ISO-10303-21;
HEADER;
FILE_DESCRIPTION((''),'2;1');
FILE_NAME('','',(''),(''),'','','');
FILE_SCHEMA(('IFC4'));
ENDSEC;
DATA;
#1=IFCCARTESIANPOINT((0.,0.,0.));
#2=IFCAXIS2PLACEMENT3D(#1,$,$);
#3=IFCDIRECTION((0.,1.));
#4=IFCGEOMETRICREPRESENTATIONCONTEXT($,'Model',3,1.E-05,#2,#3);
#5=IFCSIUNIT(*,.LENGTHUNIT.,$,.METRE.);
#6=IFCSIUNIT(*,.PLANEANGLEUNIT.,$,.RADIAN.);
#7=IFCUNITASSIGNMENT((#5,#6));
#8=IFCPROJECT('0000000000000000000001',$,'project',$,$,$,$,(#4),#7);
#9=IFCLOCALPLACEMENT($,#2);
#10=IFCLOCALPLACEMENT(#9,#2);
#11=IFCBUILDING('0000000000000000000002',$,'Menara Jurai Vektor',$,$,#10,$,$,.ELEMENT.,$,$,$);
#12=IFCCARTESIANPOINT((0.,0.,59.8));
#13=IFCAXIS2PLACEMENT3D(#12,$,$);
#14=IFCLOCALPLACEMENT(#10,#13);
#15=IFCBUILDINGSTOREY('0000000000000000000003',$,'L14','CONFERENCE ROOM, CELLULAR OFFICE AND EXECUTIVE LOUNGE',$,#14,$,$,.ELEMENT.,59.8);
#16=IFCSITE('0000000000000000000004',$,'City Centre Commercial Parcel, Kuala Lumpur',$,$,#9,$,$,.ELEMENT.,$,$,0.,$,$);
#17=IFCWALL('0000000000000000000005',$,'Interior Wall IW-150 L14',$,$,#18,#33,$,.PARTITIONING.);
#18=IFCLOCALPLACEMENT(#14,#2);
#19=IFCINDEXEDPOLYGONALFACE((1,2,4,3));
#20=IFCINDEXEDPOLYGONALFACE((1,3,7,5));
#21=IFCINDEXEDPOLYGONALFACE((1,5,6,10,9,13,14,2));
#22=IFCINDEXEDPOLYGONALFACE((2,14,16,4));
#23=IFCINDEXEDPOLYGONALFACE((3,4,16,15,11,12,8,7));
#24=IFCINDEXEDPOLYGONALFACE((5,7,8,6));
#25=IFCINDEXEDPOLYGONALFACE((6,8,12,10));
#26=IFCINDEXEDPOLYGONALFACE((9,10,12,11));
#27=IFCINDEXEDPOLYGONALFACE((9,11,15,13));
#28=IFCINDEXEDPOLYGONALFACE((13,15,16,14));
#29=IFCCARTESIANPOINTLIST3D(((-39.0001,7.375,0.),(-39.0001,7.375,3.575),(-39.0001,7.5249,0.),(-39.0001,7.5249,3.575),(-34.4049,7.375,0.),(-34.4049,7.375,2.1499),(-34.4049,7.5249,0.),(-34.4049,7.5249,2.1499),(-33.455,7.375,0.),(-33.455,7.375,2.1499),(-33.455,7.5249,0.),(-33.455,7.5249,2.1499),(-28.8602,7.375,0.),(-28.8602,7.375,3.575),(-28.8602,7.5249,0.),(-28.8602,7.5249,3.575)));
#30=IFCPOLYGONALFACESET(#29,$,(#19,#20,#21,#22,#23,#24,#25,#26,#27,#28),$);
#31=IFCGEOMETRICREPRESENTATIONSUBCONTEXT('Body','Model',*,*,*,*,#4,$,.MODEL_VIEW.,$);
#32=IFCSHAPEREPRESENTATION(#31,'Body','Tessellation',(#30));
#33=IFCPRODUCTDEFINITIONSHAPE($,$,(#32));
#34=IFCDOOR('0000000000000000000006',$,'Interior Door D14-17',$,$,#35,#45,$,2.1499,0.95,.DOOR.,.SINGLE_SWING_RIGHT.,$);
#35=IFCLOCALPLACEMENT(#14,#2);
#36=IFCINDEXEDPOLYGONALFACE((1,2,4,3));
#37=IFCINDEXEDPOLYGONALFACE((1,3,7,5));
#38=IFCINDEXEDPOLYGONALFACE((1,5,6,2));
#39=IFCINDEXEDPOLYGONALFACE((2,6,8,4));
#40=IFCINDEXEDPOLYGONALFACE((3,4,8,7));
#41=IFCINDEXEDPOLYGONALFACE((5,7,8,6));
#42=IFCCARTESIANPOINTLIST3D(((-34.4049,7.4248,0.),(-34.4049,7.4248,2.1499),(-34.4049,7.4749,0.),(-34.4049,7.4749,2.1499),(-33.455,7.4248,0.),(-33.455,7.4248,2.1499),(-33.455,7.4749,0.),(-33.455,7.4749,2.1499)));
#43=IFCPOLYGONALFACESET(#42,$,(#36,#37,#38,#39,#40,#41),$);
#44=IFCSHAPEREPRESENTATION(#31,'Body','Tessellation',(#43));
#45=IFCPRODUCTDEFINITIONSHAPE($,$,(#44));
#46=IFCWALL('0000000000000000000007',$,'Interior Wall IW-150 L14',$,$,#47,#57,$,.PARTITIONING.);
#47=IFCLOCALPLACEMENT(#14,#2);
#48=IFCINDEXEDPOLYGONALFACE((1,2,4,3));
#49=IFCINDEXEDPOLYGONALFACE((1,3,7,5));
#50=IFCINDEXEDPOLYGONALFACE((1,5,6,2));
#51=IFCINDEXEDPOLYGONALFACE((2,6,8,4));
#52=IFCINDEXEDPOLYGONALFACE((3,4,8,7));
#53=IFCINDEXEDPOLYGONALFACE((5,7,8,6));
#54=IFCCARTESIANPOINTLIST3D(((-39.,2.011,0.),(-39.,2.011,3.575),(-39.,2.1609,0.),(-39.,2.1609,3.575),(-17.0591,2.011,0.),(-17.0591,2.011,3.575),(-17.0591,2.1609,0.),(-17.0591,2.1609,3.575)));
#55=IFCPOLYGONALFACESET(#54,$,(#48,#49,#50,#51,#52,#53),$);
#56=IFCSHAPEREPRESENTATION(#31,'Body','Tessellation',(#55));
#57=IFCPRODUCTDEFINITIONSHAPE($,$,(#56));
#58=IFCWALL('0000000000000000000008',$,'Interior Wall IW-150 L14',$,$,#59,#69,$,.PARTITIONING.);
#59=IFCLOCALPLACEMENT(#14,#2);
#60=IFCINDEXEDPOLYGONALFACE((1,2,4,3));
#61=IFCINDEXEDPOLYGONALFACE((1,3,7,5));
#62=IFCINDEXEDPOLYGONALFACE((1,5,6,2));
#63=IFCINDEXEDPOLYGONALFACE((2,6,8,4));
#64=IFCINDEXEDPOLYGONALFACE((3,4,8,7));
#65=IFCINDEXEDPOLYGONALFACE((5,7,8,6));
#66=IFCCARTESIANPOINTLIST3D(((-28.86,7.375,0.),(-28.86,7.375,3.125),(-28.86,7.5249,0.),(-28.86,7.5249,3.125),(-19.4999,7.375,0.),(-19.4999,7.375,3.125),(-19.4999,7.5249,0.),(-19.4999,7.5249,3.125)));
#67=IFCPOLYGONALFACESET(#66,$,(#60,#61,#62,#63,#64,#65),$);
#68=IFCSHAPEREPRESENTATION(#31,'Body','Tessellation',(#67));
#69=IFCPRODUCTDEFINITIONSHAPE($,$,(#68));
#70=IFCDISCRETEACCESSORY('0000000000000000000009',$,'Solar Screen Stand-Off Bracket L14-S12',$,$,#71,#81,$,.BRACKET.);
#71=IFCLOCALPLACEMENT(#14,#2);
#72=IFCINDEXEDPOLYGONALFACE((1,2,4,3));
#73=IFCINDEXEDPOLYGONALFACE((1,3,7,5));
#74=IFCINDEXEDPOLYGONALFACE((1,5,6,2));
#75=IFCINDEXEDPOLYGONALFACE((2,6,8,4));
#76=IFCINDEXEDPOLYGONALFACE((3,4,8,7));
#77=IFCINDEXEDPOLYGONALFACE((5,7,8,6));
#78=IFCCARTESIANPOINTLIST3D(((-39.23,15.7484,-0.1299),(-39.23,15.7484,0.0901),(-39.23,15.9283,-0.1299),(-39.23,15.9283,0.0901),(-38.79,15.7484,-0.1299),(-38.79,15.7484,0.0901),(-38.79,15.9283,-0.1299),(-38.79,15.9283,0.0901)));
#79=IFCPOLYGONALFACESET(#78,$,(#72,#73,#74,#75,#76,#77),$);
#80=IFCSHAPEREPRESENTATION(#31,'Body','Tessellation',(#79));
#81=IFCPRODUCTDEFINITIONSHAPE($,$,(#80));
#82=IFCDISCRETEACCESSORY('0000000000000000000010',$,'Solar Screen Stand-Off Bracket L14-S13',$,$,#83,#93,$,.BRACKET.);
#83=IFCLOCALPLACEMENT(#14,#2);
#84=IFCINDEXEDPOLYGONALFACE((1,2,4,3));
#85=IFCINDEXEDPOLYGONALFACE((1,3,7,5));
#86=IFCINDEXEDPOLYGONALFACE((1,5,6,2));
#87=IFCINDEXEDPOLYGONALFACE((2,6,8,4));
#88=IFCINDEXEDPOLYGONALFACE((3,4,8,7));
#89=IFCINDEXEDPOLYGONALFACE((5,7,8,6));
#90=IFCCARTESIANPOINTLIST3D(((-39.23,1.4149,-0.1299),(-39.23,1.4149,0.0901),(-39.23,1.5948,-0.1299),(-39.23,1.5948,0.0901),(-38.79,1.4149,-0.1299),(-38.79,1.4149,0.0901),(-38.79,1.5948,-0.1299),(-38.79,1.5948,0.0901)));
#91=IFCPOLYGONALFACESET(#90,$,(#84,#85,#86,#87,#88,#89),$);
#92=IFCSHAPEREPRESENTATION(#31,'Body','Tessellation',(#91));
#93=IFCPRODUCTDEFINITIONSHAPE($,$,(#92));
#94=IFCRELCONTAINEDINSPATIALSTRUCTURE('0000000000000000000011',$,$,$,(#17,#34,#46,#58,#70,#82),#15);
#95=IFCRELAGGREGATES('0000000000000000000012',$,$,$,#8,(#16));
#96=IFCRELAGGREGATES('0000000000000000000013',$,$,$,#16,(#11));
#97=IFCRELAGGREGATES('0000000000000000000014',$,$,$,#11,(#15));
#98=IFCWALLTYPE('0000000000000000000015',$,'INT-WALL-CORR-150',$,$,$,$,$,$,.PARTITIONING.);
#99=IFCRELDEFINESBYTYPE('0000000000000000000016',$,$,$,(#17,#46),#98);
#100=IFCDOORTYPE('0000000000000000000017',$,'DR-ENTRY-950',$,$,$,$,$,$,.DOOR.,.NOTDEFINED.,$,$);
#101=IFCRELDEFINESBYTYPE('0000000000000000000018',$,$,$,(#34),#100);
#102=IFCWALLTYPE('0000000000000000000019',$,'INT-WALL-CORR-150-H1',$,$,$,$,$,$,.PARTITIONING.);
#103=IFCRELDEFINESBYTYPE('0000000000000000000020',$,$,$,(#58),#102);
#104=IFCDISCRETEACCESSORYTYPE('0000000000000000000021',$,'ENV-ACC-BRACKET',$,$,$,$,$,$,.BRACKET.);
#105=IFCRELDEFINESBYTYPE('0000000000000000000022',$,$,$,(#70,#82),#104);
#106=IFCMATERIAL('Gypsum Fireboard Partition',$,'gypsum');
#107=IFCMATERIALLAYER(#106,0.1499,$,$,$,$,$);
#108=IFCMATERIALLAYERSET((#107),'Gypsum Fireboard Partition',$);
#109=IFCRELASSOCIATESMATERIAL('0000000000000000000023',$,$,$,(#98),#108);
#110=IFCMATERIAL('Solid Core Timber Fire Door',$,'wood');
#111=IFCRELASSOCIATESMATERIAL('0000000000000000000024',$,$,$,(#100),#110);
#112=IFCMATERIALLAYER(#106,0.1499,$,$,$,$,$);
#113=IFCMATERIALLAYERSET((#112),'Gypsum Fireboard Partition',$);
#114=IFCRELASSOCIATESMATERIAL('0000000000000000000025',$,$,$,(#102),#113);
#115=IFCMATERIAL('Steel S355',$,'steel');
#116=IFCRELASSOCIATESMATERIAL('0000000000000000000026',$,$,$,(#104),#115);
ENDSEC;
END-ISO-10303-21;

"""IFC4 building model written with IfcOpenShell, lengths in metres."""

from ifc_helpers import new_model, si_unit, direction, frame, frame_2d, origin, origin_2d, place, context, subcontext, project, spatial, rectangle, extrude, material, layer, layer_set, type_object, element, fill, save


model = new_model("IFC4")

# Units and contexts
model_context = context("Model", 3, precision=1e-05, world=origin(), true_north=direction((0.0, 1.0)))
body_context = subcontext(model_context, "Body", "Model", "MODEL_VIEW")
ifc_project = project(units=[si_unit("LENGTHUNIT", "METRE"), si_unit("PLANEANGLEUNIT", "RADIAN")], contexts=[model_context])

# Site, building, storey
site_placement = place(None, origin())
site = spatial("IfcSite", under=ifc_project, at=site_placement, Name="City Centre Commercial Parcel, Kuala Lumpur", CompositionType="ELEMENT", RefElevation=0.0)
building_placement = place(site_placement, origin())
building = spatial("IfcBuilding", under=site, at=building_placement, Name="Menara Jurai Vektor", CompositionType="ELEMENT")
storey_placement = place(building_placement, frame((0.0, 0.0, 59.8)))
storey = spatial("IfcBuildingStorey", under=building, at=storey_placement, Name="L14", Description="CONFERENCE ROOM, CELLULAR OFFICE AND EXECUTIVE LOUNGE", CompositionType="ELEMENT", Elevation=59.8)

# Shared definitions
ifc_material_1 = material(Name="Steel S355", Category="steel")

# Wall, opening, door
ifc_material_2 = material(Name="Gypsum Fireboard Partition", Category="gypsum")
ifc_layer_1 = layer(ifc_material_2, 0.1499)
ifc_layer_set_1 = layer_set([ifc_layer_1], Name="Gypsum Fireboard Partition")
wall_type_1 = type_object("IfcWallType", Name="INT-WALL-CORR-150", PredefinedType="PARTITIONING", material=ifc_layer_set_1)
ifc_material_3 = material(Name="Solid Core Timber Fire Door", Category="wood")
door_type = type_object("IfcDoorType", Name="DR-ENTRY-950", OperationType="NOTDEFINED", PredefinedType="DOOR", material=ifc_material_3)
wall_1_placement = place(storey_placement, frame((-39.0, 7.45, 0.0), z_axis=(0.0, 0.0, 1.0), x_axis=(1.0, 0.0, 0.0)))
wall_1 = element("IfcWall", 1, at=wall_1_placement, inside=storey, type_object=wall_type_1, Name="Interior Wall IW-150 L14", PredefinedType="PARTITIONING", context=body_context, shape_type="SweptSolid", body=[
    extrude(rectangle(XDim=10.1399, YDim=0.1499, at=frame_2d((5.0698, 0.0))), origin(), (0.0, 0.0, 1.0), 3.575),
])
opening_1_placement = place(wall_1_placement, frame((4.595, 0.0, 0.0)))
opening_1 = element("IfcOpeningElement", 2, at=opening_1_placement, cuts=wall_1, PredefinedType="OPENING", context=body_context, shape_type="SweptSolid", body=[
    extrude(rectangle(XDim=0.95, YDim=2.1499, at=frame_2d((0.4751, 1.075))), frame((0.0, 0.085, 0.0), z_axis=(0.0, -1.0, 0.0), x_axis=(1.0, 0.0, 0.0)), (0.0, 0.0, 1.0), 0.1699),
])
door_1_placement = place(opening_1_placement, origin())
door_1 = element("IfcDoor", 3, at=door_1_placement, inside=storey, type_object=door_type, Name="Interior Door D14-17", OperationType="SINGLE_SWING_RIGHT", OverallHeight=2.1499, OverallWidth=0.95, PredefinedType="DOOR", context=body_context, shape_type="SweptSolid", body=[
    extrude(rectangle(XDim=0.95, YDim=2.1499, at=frame_2d((0.4751, 1.075))), frame((0.0, 0.0249, 0.0), z_axis=(0.0, -1.0, 0.0), x_axis=(1.0, 0.0, 0.0)), (0.0, 0.0, 1.0), 0.05),
])
fill(opening_1, door_1)

# Walls
wall_2_placement = place(storey_placement, frame((-39.0, 2.0859, 0.0), z_axis=(0.0, 0.0, 1.0), x_axis=(1.0, 0.0, 0.0)))
element("IfcWall", 4, at=wall_2_placement, inside=storey, type_object=wall_type_1, Name="Interior Wall IW-150 L14", PredefinedType="PARTITIONING", context=body_context, shape_type="SweptSolid", body=[
    extrude(rectangle(XDim=21.9409, YDim=0.1499, at=frame_2d((10.9705, 0.0))), origin(), (0.0, 0.0, 1.0), 3.575),
])
ifc_layer_2 = layer(ifc_material_2, 0.1499)
ifc_layer_set_2 = layer_set([ifc_layer_2], Name="Gypsum Fireboard Partition")
wall_type_2 = type_object("IfcWallType", Name="INT-WALL-CORR-150-H1", PredefinedType="PARTITIONING", material=ifc_layer_set_2)
wall_3_placement = place(storey_placement, frame((-28.8601, 7.45, 0.0), z_axis=(0.0, 0.0, 1.0), x_axis=(1.0, 0.0, 0.0)))
element("IfcWall", 5, at=wall_3_placement, inside=storey, type_object=wall_type_2, Name="Interior Wall IW-150 L14", PredefinedType="PARTITIONING", context=body_context, shape_type="SweptSolid", body=[
    extrude(rectangle(XDim=9.3601, YDim=0.1499, at=frame_2d((4.6802, 0.0))), origin(), (0.0, 0.0, 1.0), 3.125),
])

# Discrete accessories
discrete_accessory_type = type_object("IfcDiscreteAccessoryType", Name="ENV-ACC-BRACKET", PredefinedType="BRACKET", material=ifc_material_1)
for number, where, z_axis, x_axis, name in (
    (6, (-39.01, 15.8384, -0.1299), (0.0, 0.0, 1.0), (0.0, -1.0, 0.0), "Solar Screen Stand-Off Bracket L14-S12"),
    (7, (-39.01, 1.5049, -0.1299), (0.0, 0.0, 1.0), (0.0, -1.0, 0.0), "Solar Screen Stand-Off Bracket L14-S13"),
):
    element("IfcDiscreteAccessory", number, at=place(storey_placement, frame(where, z_axis=z_axis, x_axis=x_axis)), inside=storey, type_object=discrete_accessory_type, Name=name, PredefinedType="BRACKET", context=body_context, shape_type="SweptSolid", body=[
        extrude(rectangle(XDim=0.1799, YDim=0.4399, at=origin_2d()), origin(), (0.0, 0.0, 1.0), 0.22),
    ])

save(model, "model.ifc")
